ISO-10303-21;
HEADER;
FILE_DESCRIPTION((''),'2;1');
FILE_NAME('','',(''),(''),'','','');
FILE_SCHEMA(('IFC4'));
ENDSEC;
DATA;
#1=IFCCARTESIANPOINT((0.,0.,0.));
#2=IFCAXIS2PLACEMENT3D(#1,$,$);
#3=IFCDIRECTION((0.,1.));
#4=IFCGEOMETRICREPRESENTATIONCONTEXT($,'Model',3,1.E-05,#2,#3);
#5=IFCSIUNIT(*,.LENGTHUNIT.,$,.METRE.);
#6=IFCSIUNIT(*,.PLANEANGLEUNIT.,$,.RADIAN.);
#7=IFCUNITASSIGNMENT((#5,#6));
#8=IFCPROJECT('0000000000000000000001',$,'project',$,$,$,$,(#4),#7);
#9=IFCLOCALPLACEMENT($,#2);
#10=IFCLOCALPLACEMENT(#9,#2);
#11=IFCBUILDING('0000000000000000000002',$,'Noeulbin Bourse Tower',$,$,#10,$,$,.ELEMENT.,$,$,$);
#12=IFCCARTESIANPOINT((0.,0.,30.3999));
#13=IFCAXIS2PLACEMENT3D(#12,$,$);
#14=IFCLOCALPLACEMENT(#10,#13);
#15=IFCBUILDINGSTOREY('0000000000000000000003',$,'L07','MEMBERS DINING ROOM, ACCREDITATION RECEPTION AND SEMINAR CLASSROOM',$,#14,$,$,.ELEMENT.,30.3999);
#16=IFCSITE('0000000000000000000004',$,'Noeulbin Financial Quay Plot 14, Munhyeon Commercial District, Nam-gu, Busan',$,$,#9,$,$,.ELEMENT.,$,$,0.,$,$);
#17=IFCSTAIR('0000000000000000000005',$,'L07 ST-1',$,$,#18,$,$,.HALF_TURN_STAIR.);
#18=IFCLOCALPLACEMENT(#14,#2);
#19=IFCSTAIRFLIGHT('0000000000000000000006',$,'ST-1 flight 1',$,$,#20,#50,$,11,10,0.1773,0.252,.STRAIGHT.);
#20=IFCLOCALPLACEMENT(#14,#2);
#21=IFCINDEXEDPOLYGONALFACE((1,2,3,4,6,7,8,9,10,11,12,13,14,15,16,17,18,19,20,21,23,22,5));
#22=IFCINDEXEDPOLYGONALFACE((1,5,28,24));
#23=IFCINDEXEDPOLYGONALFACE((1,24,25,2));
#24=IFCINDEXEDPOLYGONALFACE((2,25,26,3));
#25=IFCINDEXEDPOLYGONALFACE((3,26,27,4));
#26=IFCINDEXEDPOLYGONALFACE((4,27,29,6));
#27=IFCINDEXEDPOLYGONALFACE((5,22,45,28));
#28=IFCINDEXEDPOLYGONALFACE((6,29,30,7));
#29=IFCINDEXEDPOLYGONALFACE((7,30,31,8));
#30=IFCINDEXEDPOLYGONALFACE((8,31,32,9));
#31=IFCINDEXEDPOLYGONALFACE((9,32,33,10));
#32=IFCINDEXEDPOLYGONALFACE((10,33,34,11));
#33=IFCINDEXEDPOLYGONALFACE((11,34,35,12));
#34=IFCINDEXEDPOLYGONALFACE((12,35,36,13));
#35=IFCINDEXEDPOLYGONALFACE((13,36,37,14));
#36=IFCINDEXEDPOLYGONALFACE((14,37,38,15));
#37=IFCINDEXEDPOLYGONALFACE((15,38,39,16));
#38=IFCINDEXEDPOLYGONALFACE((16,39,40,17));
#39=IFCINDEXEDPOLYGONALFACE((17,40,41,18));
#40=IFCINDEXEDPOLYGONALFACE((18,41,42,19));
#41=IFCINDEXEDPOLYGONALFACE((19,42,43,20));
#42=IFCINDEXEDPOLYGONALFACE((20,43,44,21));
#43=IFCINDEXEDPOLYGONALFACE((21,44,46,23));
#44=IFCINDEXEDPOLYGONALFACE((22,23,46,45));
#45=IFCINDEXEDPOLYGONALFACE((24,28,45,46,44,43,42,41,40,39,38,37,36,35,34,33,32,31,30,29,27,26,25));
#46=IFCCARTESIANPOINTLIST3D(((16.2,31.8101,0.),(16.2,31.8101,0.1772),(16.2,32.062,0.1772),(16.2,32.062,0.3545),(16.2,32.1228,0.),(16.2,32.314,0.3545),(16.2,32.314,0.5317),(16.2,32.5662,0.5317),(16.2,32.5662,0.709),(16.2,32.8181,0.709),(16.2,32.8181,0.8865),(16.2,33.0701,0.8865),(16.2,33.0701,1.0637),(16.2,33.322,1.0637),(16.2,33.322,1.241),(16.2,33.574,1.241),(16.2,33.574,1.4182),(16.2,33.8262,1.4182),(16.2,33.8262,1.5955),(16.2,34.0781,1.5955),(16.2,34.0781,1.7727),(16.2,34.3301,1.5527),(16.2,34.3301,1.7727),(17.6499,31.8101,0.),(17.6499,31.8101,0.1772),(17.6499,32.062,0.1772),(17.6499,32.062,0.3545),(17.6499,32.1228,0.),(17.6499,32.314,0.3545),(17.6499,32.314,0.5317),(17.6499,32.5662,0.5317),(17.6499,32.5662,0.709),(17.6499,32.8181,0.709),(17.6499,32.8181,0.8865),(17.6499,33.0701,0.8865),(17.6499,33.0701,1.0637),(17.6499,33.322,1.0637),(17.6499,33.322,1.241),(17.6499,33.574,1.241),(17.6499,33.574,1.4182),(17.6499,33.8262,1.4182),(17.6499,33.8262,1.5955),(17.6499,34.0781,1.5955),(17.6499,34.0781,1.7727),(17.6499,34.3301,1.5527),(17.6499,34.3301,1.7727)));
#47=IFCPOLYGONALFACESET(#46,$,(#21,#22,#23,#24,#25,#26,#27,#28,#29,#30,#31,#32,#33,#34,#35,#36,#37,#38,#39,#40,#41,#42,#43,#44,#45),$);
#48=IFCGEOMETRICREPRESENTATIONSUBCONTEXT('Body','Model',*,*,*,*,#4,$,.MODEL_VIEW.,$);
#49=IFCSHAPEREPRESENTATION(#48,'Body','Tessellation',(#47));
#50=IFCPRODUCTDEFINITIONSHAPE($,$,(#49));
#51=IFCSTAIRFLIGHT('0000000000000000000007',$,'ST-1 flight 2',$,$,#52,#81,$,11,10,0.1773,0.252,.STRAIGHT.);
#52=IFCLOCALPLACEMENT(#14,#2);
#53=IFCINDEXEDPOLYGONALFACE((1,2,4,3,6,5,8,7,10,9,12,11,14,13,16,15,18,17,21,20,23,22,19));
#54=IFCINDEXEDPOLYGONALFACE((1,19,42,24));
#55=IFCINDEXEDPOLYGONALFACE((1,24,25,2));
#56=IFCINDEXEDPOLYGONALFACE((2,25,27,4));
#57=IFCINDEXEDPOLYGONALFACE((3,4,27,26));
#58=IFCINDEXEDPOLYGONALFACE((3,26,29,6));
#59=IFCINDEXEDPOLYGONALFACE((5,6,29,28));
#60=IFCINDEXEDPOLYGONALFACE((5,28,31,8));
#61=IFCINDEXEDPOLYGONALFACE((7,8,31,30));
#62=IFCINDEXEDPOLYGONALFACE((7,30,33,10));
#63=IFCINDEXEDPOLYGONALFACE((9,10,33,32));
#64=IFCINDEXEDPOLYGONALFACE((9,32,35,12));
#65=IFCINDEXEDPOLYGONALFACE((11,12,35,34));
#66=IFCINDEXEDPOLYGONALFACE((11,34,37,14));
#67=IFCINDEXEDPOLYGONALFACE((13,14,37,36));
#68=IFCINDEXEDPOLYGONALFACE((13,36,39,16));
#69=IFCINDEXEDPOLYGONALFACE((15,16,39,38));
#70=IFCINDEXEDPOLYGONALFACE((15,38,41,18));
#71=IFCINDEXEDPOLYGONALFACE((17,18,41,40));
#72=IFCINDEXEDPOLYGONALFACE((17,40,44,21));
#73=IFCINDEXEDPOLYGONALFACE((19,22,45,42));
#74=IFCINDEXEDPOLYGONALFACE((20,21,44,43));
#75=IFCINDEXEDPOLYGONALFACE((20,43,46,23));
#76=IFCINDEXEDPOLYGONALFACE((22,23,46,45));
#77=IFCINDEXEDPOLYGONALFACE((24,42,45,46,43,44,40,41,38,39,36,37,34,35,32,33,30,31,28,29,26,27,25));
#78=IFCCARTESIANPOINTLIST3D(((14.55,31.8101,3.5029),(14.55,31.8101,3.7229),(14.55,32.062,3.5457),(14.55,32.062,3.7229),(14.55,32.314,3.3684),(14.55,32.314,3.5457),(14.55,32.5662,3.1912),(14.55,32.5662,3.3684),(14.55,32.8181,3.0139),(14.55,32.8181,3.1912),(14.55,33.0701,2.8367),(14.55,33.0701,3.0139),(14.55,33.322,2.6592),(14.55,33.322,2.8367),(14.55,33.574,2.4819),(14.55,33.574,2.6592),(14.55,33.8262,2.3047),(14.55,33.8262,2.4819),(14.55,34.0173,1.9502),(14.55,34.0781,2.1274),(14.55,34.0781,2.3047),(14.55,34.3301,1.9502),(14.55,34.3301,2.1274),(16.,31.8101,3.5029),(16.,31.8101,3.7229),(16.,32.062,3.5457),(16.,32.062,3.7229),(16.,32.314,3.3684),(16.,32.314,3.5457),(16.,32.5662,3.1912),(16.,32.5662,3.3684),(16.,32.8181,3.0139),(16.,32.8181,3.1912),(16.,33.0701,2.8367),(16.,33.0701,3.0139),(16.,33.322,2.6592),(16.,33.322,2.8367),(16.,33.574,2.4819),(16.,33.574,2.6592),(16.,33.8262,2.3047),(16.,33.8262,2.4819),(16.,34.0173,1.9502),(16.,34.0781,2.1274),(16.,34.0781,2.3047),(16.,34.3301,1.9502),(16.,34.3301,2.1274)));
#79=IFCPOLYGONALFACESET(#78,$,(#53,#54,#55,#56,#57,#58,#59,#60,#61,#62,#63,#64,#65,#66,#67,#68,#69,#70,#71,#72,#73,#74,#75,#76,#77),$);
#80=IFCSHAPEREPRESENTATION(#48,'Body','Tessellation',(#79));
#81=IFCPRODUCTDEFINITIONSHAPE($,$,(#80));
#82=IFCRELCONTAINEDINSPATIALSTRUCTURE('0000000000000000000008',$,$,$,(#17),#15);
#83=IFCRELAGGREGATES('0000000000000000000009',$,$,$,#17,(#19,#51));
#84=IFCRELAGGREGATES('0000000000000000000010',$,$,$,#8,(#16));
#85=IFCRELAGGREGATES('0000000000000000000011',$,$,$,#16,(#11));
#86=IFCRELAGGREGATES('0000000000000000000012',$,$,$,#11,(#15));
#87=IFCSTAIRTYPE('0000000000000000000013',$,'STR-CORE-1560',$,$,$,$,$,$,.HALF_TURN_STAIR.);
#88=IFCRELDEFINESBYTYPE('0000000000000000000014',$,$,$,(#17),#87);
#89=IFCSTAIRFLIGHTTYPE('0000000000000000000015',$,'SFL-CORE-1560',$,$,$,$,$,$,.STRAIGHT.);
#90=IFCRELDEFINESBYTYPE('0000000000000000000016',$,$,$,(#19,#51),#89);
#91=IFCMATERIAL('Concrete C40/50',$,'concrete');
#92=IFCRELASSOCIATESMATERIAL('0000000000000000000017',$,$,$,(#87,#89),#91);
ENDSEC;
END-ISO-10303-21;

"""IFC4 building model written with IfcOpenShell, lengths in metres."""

from ifc_helpers import new_model, si_unit, direction, frame, origin, place, context, subcontext, project, spatial, polyline, outline, extrude, material, type_object, element, aggregate, save


model = new_model("IFC4")

# Units and contexts
model_context = context("Model", 3, precision=1e-05, world=origin(), true_north=direction((0.0, 1.0)))
body_context = subcontext(model_context, "Body", "Model", "MODEL_VIEW")
ifc_project = project(units=[si_unit("LENGTHUNIT", "METRE"), si_unit("PLANEANGLEUNIT", "RADIAN")], contexts=[model_context])

# Site, building, storey
site_placement = place(None, origin())
site = spatial("IfcSite", under=ifc_project, at=site_placement, Name="Noeulbin Financial Quay Plot 14, Munhyeon Commercial District, Nam-gu, Busan", CompositionType="ELEMENT", RefElevation=0.0)
building_placement = place(site_placement, origin())
building = spatial("IfcBuilding", under=site, at=building_placement, Name="Noeulbin Bourse Tower", CompositionType="ELEMENT")
storey_placement = place(building_placement, frame((0.0, 0.0, 30.3999)))
storey = spatial("IfcBuildingStorey", under=building, at=storey_placement, Name="L07", Description="MEMBERS DINING ROOM, ACCREDITATION RECEPTION AND SEMINAR CLASSROOM", CompositionType="ELEMENT", Elevation=30.3999)

# Shared definitions
ifc_material_1 = material(Name="Concrete C40/50", Category="concrete")

# Stair, stair flights
stair_type = type_object("IfcStairType", Name="STR-CORE-1560", PredefinedType="HALF_TURN_STAIR", material=ifc_material_1)
stair_placement = place(storey_placement, origin())
stair = element("IfcStair", 1, at=stair_placement, inside=storey, type_object=stair_type, Name="L07 ST-1", PredefinedType="HALF_TURN_STAIR")
stair_flight_type = type_object("IfcStairFlightType", Name="SFL-CORE-1560", PredefinedType="STRAIGHT", material=ifc_material_1)
stair_flight_1_placement = place(storey_placement, frame((16.925, 31.8101, 0.0), z_axis=(0.0, 0.0, 1.0), x_axis=(0.0, 1.0, 0.0)))
stair_flight_1 = element("IfcStairFlight", 2, at=stair_flight_1_placement, type_object=stair_flight_type, Name="ST-1 flight 1", NumberOfRisers=11, NumberOfTreads=10, PredefinedType="STRAIGHT", RiserHeight=0.1773, TreadLength=0.252, context=body_context, shape_type="SweptSolid", body=[
    extrude(outline(polyline([(0.0, 0.0), (0.0, 0.1772), (0.252, 0.1772), (0.252, 0.3545), (0.5039, 0.3545), (0.5039, 0.5317), (0.7561, 0.5317), (0.7561, 0.709), (1.0081, 0.709), (1.0081, 0.8865), (1.26, 0.8865), (1.26, 1.0637), (1.512, 1.0637), (1.512, 1.241), (1.7639, 1.241), (1.7639, 1.4182), (2.0161, 1.4182), (2.0161, 1.5955), (2.2681, 1.5955), (2.2681, 1.7727), (2.52, 1.7727), (2.52, 1.95), (2.52, 1.5527), (0.3127, 0.0), (0.0, 0.0)])), frame((0.0, 0.7251, 0.0), z_axis=(0.0, -1.0, 0.0), x_axis=(1.0, 0.0, 0.0)), (0.0, 0.0, 1.0), 1.45),
])
stair_flight_2_placement = place(storey_placement, frame((15.2749, 34.3301, 1.9502), z_axis=(0.0, 0.0, 1.0), x_axis=(0.0, -1.0, 0.0)))
stair_flight_2 = element("IfcStairFlight", 3, at=stair_flight_2_placement, type_object=stair_flight_type, Name="ST-1 flight 2", NumberOfRisers=11, NumberOfTreads=10, PredefinedType="STRAIGHT", RiserHeight=0.1773, TreadLength=0.252, context=body_context, shape_type="SweptSolid", body=[
    extrude(outline(polyline([(0.0, 0.0), (0.0, 0.1772), (0.252, 0.1772), (0.252, 0.3545), (0.5039, 0.3545), (0.5039, 0.5317), (0.7561, 0.5317), (0.7561, 0.709), (1.0081, 0.709), (1.0081, 0.8865), (1.26, 0.8865), (1.26, 1.0637), (1.512, 1.0637), (1.512, 1.241), (1.7639, 1.241), (1.7639, 1.4182), (2.0161, 1.4182), (2.0161, 1.5955), (2.2681, 1.5955), (2.2681, 1.7727), (2.52, 1.7727), (2.52, 1.95), (2.52, 1.5527), (0.3127, 0.0), (0.0, 0.0)])), frame((0.0, 0.7251, 0.0), z_axis=(0.0, -1.0, 0.0), x_axis=(1.0, 0.0, 0.0)), (0.0, 0.0, 1.0), 1.45),
])
aggregate(stair, [stair_flight_1, stair_flight_2])

save(model, "model.ifc")
